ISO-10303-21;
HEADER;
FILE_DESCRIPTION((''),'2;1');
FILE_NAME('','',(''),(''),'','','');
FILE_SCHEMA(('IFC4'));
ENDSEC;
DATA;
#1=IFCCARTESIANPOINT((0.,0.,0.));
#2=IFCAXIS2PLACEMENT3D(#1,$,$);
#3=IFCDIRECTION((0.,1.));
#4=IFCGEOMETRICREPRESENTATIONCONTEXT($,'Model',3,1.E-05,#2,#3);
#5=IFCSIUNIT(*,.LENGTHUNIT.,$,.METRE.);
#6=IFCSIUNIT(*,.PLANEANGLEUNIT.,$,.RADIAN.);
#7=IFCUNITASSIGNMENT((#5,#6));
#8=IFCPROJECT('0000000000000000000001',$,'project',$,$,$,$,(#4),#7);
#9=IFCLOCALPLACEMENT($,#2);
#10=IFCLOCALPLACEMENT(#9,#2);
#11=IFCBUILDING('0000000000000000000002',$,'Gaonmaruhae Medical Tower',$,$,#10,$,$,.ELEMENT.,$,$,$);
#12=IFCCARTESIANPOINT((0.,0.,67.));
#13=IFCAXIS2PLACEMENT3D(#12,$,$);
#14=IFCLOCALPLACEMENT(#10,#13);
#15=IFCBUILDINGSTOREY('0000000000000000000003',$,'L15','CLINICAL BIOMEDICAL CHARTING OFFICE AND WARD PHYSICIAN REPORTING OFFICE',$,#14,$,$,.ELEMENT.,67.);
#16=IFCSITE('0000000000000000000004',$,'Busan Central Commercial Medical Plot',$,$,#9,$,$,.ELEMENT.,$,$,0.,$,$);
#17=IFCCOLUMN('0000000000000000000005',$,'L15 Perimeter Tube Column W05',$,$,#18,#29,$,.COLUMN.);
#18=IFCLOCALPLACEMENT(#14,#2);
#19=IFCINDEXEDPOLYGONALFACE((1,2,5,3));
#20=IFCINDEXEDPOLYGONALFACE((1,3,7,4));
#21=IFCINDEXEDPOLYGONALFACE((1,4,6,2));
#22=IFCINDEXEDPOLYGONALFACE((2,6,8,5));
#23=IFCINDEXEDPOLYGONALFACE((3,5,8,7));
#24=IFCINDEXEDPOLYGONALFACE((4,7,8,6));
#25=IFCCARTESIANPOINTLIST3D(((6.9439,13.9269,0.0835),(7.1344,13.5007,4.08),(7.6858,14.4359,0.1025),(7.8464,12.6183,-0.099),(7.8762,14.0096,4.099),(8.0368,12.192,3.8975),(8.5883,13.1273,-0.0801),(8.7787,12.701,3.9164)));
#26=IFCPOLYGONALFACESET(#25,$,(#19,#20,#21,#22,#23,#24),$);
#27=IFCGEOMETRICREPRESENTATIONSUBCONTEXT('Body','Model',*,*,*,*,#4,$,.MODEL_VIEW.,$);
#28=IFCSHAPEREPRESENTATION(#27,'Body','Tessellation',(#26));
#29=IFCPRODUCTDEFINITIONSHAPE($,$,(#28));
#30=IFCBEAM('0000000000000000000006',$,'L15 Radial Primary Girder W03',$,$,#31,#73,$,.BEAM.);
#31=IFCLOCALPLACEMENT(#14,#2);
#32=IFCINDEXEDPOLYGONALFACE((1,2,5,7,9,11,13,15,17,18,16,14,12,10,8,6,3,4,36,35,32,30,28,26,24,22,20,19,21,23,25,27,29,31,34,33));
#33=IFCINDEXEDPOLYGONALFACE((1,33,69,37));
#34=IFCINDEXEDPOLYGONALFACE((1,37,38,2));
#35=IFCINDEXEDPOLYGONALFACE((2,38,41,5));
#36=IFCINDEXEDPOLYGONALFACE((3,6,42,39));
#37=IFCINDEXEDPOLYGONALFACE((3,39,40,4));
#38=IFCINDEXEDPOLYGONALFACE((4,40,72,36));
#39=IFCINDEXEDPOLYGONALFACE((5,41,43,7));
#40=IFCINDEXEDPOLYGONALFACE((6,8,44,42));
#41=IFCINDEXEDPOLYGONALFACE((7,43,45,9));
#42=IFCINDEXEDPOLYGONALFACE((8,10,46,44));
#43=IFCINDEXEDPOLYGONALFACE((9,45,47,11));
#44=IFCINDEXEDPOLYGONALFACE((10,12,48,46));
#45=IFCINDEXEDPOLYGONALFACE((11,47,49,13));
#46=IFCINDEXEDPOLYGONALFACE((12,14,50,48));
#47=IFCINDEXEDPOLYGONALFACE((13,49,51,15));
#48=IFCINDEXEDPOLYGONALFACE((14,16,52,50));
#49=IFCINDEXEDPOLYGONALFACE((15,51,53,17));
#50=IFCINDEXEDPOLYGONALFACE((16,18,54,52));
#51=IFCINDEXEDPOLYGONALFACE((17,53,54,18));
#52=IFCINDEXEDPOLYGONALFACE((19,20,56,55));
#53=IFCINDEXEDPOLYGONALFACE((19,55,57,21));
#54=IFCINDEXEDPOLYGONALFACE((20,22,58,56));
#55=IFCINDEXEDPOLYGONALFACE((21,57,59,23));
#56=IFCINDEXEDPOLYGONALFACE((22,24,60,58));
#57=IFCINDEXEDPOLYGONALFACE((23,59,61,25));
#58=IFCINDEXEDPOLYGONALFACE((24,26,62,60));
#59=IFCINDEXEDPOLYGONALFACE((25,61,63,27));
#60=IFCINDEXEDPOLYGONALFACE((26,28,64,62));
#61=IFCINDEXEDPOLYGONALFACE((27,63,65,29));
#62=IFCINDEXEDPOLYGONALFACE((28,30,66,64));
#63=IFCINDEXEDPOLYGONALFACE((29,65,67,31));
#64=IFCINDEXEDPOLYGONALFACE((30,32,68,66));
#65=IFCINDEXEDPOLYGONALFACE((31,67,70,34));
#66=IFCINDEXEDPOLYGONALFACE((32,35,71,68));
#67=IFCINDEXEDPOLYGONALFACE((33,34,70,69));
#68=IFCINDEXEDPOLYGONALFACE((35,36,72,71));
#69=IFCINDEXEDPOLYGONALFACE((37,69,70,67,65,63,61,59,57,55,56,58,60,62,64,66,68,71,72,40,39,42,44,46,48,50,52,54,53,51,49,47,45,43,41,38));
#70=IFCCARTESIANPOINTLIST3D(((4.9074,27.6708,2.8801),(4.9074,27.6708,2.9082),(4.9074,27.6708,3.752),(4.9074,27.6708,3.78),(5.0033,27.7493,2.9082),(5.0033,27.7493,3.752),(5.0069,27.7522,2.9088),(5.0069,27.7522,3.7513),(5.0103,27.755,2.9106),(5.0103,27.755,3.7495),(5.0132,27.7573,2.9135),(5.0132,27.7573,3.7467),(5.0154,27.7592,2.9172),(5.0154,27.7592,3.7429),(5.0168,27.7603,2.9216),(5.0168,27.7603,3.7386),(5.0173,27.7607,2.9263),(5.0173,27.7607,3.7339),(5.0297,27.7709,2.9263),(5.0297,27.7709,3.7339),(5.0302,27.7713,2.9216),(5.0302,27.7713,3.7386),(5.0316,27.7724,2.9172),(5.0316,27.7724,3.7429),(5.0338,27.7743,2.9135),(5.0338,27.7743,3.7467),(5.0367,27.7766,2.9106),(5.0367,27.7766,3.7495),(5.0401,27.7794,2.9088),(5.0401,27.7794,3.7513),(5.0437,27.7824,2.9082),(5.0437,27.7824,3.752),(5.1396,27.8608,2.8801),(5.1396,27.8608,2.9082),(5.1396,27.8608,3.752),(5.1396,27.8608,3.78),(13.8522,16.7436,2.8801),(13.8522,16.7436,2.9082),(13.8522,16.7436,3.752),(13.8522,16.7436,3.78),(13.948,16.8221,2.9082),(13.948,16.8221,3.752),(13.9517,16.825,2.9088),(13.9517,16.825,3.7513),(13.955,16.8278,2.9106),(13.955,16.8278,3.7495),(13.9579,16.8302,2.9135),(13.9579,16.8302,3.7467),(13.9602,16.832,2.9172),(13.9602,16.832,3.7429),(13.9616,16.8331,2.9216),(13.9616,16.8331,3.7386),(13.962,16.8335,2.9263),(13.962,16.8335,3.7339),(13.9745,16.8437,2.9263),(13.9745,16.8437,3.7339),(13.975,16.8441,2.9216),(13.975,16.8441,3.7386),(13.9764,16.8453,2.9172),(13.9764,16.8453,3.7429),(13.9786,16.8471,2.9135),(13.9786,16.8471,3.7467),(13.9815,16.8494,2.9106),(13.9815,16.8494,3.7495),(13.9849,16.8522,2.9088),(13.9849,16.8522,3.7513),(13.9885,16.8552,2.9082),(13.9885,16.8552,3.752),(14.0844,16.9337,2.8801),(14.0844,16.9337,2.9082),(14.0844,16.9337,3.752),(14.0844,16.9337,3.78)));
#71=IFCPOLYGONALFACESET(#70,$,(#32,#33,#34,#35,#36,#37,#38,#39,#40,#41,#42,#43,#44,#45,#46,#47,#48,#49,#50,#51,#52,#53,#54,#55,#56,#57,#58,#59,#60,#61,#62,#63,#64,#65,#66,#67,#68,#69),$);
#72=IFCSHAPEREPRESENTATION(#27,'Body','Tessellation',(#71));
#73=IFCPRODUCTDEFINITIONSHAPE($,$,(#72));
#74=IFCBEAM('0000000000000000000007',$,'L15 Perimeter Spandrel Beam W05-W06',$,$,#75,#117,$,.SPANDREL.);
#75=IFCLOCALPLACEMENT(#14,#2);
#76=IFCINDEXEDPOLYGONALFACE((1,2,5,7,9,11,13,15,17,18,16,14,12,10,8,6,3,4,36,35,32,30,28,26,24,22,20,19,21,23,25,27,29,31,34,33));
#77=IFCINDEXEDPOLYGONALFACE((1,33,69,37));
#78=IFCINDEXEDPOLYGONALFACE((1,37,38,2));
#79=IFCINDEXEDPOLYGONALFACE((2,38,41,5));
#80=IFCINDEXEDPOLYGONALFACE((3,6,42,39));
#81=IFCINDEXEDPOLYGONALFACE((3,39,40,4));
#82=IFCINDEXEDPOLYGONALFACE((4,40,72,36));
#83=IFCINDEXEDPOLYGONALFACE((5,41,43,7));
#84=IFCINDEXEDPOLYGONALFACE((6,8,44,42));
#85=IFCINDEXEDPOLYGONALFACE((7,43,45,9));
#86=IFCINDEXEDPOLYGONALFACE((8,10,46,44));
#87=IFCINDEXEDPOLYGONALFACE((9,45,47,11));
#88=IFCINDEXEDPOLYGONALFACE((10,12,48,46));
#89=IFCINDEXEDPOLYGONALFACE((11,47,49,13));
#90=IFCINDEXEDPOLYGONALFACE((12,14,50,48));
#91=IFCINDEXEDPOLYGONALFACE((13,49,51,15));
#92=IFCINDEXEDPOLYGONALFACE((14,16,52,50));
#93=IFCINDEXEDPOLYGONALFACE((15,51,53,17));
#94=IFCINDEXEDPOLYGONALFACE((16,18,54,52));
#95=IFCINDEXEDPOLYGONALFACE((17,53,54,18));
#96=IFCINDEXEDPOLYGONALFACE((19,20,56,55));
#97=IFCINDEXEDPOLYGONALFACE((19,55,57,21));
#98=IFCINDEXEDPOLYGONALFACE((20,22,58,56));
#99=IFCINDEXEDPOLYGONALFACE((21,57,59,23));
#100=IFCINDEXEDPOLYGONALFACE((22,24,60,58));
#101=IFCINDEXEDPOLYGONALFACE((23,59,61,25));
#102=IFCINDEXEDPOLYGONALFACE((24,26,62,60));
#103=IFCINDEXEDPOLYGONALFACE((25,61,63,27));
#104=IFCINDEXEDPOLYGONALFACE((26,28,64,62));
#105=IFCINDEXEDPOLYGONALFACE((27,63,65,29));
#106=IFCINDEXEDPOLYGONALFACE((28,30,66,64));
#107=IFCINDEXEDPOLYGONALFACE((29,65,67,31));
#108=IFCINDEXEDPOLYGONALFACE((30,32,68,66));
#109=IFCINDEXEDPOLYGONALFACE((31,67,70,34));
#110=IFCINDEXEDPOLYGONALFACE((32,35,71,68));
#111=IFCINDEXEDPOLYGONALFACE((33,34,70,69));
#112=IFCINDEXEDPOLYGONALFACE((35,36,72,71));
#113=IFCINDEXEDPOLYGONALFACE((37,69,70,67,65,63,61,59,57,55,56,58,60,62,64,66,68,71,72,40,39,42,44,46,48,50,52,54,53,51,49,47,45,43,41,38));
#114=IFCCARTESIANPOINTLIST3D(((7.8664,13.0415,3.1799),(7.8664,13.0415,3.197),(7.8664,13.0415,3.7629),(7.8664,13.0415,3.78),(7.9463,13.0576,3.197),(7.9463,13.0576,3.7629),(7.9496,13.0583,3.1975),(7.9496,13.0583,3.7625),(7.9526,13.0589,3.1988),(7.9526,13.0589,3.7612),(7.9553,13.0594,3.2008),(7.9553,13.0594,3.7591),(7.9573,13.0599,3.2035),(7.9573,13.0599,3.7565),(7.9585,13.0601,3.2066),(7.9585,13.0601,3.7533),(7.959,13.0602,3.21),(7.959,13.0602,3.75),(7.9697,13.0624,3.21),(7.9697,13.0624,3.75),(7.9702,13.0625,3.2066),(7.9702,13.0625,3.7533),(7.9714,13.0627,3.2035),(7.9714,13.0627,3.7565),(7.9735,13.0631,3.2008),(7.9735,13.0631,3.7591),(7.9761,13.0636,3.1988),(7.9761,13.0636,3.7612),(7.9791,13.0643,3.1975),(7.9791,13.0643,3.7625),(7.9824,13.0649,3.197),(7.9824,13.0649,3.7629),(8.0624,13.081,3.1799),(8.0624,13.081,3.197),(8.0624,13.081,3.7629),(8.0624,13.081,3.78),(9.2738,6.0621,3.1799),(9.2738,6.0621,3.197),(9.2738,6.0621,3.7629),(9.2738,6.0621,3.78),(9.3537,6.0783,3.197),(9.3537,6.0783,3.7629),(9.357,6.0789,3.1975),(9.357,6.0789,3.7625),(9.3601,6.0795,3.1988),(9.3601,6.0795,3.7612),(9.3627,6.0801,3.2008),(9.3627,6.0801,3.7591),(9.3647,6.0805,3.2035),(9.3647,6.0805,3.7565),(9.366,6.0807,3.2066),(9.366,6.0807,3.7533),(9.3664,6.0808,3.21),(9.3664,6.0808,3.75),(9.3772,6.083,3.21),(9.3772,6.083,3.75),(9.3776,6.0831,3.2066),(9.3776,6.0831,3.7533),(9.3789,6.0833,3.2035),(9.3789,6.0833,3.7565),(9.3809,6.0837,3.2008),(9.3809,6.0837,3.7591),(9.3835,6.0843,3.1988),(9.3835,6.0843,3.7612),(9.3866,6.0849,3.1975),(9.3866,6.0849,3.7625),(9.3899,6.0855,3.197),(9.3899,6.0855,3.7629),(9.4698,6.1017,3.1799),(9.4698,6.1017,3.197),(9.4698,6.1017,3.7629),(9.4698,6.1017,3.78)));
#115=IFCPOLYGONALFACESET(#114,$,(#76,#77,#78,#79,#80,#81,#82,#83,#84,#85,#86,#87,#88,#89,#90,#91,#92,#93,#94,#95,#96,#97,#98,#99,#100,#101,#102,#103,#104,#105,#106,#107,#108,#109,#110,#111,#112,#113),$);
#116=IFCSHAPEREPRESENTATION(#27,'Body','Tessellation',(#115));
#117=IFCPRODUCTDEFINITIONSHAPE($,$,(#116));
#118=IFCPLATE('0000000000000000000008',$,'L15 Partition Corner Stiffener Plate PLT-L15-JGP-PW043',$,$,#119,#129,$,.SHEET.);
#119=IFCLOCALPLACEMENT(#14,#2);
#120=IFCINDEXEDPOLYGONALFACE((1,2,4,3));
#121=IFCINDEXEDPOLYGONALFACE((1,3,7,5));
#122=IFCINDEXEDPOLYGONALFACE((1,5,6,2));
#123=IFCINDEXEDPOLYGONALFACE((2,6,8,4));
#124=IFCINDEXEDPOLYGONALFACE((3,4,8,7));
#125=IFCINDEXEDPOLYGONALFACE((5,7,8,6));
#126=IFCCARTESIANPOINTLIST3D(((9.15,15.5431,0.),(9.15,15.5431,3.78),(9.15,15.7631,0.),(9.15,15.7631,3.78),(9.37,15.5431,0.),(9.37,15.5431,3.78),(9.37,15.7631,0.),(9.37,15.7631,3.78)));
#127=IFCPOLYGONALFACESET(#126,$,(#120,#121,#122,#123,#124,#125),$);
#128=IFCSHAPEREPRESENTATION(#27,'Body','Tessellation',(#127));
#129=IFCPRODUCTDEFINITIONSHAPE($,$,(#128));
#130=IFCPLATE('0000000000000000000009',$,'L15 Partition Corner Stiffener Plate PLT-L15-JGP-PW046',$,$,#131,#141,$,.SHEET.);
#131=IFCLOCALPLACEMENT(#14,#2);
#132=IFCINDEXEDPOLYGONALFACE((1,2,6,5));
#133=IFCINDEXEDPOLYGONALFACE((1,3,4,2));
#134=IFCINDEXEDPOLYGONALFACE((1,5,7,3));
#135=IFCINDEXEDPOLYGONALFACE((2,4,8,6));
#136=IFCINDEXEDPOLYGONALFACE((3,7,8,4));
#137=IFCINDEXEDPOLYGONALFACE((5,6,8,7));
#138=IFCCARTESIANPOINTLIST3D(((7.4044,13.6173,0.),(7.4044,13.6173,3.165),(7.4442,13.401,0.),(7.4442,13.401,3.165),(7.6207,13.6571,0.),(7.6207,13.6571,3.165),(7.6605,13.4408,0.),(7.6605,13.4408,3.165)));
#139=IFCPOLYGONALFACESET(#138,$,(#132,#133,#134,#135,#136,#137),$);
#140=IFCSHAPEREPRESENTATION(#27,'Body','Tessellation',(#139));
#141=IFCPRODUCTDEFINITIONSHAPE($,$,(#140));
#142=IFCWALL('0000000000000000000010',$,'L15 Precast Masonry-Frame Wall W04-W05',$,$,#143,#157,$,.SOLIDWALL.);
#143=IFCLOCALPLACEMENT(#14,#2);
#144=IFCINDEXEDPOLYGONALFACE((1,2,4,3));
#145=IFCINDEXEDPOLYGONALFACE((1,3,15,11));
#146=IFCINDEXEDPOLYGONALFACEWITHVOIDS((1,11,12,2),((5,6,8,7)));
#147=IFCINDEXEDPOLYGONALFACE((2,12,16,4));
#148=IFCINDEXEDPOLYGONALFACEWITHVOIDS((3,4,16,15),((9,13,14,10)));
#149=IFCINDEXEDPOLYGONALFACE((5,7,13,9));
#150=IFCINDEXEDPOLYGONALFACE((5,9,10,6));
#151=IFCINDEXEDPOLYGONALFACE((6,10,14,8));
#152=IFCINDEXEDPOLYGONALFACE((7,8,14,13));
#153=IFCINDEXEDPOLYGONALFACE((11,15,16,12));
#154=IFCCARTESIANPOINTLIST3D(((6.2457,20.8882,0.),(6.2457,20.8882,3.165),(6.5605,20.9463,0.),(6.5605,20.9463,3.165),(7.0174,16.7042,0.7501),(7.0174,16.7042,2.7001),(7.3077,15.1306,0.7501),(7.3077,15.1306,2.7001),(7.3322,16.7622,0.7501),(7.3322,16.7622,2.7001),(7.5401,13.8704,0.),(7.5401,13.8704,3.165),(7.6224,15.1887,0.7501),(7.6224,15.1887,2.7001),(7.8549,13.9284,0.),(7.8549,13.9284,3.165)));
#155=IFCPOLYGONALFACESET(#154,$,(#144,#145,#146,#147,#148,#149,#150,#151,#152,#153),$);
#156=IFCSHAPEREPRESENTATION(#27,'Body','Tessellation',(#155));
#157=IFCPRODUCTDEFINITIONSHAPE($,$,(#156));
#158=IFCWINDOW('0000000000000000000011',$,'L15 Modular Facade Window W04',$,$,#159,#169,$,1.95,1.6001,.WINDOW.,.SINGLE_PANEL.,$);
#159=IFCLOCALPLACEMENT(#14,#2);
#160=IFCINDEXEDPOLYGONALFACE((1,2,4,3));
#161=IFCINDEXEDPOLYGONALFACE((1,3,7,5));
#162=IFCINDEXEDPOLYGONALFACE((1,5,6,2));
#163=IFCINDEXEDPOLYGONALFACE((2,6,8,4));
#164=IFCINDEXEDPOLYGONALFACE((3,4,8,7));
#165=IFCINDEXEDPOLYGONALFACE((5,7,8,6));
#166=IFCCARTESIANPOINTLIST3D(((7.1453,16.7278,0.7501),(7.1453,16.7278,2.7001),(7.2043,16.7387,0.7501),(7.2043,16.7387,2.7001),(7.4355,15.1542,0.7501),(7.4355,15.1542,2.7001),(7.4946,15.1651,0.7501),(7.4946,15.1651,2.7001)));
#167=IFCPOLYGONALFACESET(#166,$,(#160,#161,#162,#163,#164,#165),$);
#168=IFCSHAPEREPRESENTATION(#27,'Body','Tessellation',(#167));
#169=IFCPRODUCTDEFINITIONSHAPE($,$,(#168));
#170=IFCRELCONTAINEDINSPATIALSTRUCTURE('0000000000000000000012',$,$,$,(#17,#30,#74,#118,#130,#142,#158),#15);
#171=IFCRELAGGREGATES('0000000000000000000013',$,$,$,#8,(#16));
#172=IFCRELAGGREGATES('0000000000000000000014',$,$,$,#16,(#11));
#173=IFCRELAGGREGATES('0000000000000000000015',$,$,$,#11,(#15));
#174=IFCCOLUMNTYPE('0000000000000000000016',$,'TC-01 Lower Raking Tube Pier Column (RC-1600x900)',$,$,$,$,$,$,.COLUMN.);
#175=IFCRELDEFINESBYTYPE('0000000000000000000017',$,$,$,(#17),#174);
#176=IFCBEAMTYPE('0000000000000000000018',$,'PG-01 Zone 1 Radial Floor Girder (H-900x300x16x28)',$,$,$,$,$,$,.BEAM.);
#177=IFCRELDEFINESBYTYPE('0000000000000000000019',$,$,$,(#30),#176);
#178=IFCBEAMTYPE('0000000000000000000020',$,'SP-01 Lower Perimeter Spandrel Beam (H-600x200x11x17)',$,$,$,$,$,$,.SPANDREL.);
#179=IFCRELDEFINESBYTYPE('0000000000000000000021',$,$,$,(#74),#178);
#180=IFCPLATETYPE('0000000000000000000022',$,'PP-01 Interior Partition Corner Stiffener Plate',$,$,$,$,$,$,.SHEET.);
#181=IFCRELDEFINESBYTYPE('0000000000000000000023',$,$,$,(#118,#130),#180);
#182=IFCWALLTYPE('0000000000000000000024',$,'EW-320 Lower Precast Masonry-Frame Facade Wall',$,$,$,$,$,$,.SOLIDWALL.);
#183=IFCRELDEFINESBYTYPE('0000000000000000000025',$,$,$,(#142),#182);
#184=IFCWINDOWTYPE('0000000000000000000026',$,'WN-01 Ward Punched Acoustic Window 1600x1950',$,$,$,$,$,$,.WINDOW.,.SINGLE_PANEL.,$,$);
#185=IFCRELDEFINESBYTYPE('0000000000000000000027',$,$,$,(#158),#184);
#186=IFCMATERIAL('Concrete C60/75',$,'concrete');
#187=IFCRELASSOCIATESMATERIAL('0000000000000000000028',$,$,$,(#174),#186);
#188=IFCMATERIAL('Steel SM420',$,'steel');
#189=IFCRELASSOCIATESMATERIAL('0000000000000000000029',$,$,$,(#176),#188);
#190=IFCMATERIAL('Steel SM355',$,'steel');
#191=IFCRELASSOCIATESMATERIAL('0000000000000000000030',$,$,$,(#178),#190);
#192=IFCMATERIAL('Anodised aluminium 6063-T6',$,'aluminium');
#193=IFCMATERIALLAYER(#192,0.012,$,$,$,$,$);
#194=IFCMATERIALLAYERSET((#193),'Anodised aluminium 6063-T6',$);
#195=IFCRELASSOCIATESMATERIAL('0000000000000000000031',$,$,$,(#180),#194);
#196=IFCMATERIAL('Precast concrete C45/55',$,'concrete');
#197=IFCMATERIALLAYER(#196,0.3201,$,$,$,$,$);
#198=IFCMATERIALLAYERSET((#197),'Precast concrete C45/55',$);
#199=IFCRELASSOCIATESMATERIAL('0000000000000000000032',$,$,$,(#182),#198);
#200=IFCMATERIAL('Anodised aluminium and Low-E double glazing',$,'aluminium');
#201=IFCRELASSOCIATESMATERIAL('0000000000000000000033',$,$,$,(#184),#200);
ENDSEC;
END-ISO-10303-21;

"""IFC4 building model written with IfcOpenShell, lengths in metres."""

from ifc_helpers import new_model, si_unit, direction, frame, frame_2d, origin, origin_2d, place, context, subcontext, project, spatial, rectangle, i_section, extrude, material, layer, layer_set, material_profile, profile_set, type_object, element, fill, save


model = new_model("IFC4")

# Units and contexts
model_context = context("Model", 3, precision=1e-05, world=origin(), true_north=direction((0.0, 1.0)))
body_context = subcontext(model_context, "Body", "Model", "MODEL_VIEW")
ifc_project = project(units=[si_unit("LENGTHUNIT", "METRE"), si_unit("PLANEANGLEUNIT", "RADIAN")], contexts=[model_context])

# Site, building, storey
site_placement = place(None, origin())
site = spatial("IfcSite", under=ifc_project, at=site_placement, Name="Busan Central Commercial Medical Plot", CompositionType="ELEMENT", RefElevation=0.0)
building_placement = place(site_placement, origin())
building = spatial("IfcBuilding", under=site, at=building_placement, Name="Gaonmaruhae Medical Tower", CompositionType="ELEMENT")
storey_placement = place(building_placement, frame((0.0, 0.0, 67.0)))
storey = spatial("IfcBuildingStorey", under=building, at=storey_placement, Name="L15", Description="CLINICAL BIOMEDICAL CHARTING OFFICE AND WARD PHYSICIAN REPORTING OFFICE", CompositionType="ELEMENT", Elevation=67.0)

# Column
ifc_material_1 = material(Name="Concrete C60/75", Category="concrete")
ifc_material_profile_1 = material_profile(ifc_material_1, rectangle(XDim=1.6001, YDim=0.8999, at=origin_2d()), Name="RC-1600x900")
ifc_profile_set_1 = profile_set([ifc_material_profile_1], Name="Concrete C60/75")
column_type = type_object("IfcColumnType", Name="TC-01 Lower Raking Tube Pier Column (RC-1600x900)", PredefinedType="COLUMN", material=ifc_profile_set_1)
column_placement = place(storey_placement, frame((7.7661, 13.5271, 0.0017), z_axis=(0.047326, -0.105938, 0.993246), x_axis=(-0.564014, 0.817844, 0.114104)))
element("IfcColumn", 1, at=column_placement, inside=storey, type_object=column_type, Name="L15 Perimeter Tube Column W05", PredefinedType="COLUMN", context=body_context, shape_type="SweptSolid", body=[
    extrude(rectangle(XDim=1.6001, YDim=0.8999, at=origin_2d()), origin(), (0.0, 0.0, 1.0), 4.0237),
])

# Beams
ifc_material_2 = material(Name="Steel SM420", Category="steel")
ifc_material_profile_2 = material_profile(ifc_material_2, i_section(OverallWidth=0.3, OverallDepth=0.8999, WebThickness=0.0161, FlangeThickness=0.0281, FilletRadius=0.0181, at=origin_2d()), Name="H-900x300x16x28")
ifc_profile_set_2 = profile_set([ifc_material_profile_2], Name="Steel SM420")
beam_type_1 = type_object("IfcBeamType", Name="PG-01 Zone 1 Radial Floor Girder (H-900x300x16x28)", PredefinedType="BEAM", material=ifc_profile_set_2)
beam_1_placement = place(storey_placement, frame((13.9683, 16.8386, 3.3301), z_axis=(-0.633422, 0.773806, 0.0), x_axis=(-0.773806, -0.633422, 0.0)))
element("IfcBeam", 2, at=beam_1_placement, inside=storey, type_object=beam_type_1, Name="L15 Radial Primary Girder W03", PredefinedType="BEAM", context=body_context, shape_type="SweptSolid", body=[
    extrude(i_section(OverallWidth=0.3, OverallDepth=0.8999, WebThickness=0.0161, FlangeThickness=0.0281, FilletRadius=0.0181, at=origin_2d()), origin(), (0.0, 0.0, 1.0), 14.1213),
])
ifc_material_3 = material(Name="Steel SM355", Category="steel")
ifc_material_profile_3 = material_profile(ifc_material_3, i_section(OverallWidth=0.2, OverallDepth=0.6001, WebThickness=0.011, FlangeThickness=0.0171, FilletRadius=0.0129, at=origin_2d()), Name="H-600x200x11x17")
ifc_profile_set_3 = profile_set([ifc_material_profile_3], Name="Steel SM355")
beam_type_2 = type_object("IfcBeamType", Name="SP-01 Lower Perimeter Spandrel Beam (H-600x200x11x17)", PredefinedType="SPANDREL", material=ifc_profile_set_3)
beam_2_placement = place(storey_placement, frame((7.9644, 13.0613, 3.48), z_axis=(0.197679, -0.980267, 0.0), x_axis=(0.980267, 0.197679, 0.0)))
element("IfcBeam", 3, at=beam_2_placement, inside=storey, type_object=beam_type_2, Name="L15 Perimeter Spandrel Beam W05-W06", PredefinedType="SPANDREL", context=body_context, shape_type="SweptSolid", body=[
    extrude(i_section(OverallWidth=0.2, OverallDepth=0.6001, WebThickness=0.011, FlangeThickness=0.0171, FilletRadius=0.0129, at=origin_2d()), origin(), (0.0, 0.0, 1.0), 7.1199),
])

# Plates
ifc_material_4 = material(Name="Anodised aluminium 6063-T6", Category="aluminium")
ifc_layer_1 = layer(ifc_material_4, 0.012)
ifc_layer_set_1 = layer_set([ifc_layer_1], Name="Anodised aluminium 6063-T6")
plate_type = type_object("IfcPlateType", Name="PP-01 Interior Partition Corner Stiffener Plate", PredefinedType="SHEET", material=ifc_layer_set_1)
plate_1_placement = place(storey_placement, frame((9.26, 15.6531, 0.0), z_axis=(0.0, 0.0, 1.0), x_axis=(0.0, -1.0, 0.0)))
element("IfcPlate", 4, at=plate_1_placement, inside=storey, type_object=plate_type, Name="L15 Partition Corner Stiffener Plate PLT-L15-JGP-PW043", PredefinedType="SHEET", context=body_context, shape_type="SweptSolid", body=[
    extrude(rectangle(XDim=0.22, YDim=0.22, at=origin_2d()), origin(), (0.0, 0.0, 1.0), 3.78),
])
plate_2_placement = place(storey_placement, frame((7.5325, 13.5291, 0.0), z_axis=(0.0, 0.0, 1.0), x_axis=(-0.180862, 0.983508, 0.0)))
element("IfcPlate", 5, at=plate_2_placement, inside=storey, type_object=plate_type, Name="L15 Partition Corner Stiffener Plate PLT-L15-JGP-PW046", PredefinedType="SHEET", context=body_context, shape_type="SweptSolid", body=[
    extrude(rectangle(XDim=0.22, YDim=0.22, at=origin_2d()), origin(), (0.0, 0.0, 1.0), 3.165),
])

# Wall, opening, window
ifc_material_5 = material(Name="Precast concrete C45/55", Category="concrete")
ifc_layer_2 = layer(ifc_material_5, 0.3201)
ifc_layer_set_2 = layer_set([ifc_layer_2], Name="Precast concrete C45/55")
wall_type_1 = type_object("IfcWallType", Name="EW-320 Lower Precast Masonry-Frame Facade Wall", PredefinedType="SOLIDWALL", material=ifc_layer_set_2)
wall_1_placement = place(storey_placement, frame((7.6975, 13.8994, 0.0), z_axis=(0.0, 0.0, 1.0), x_axis=(-0.18139, 0.983411, 0.0)))
wall_1 = element("IfcWall", 6, at=wall_1_placement, inside=storey, type_object=wall_type_1, Name="L15 Precast Masonry-Frame Wall W04-W05", PredefinedType="SOLIDWALL", context=body_context, shape_type="SweptSolid", body=[
    extrude(rectangle(XDim=7.1362, YDim=0.3201, at=frame_2d((3.5681, 0.0))), origin(), (0.0, 0.0, 1.0), 3.165),
])
opening_1_placement = place(wall_1_placement, frame((1.2815, 0.0, 0.75)))
opening_1 = element("IfcOpeningElement", 7, at=opening_1_placement, cuts=wall_1, PredefinedType="OPENING", context=body_context, shape_type="SweptSolid", body=[
    extrude(rectangle(XDim=1.6001, YDim=1.95, at=frame_2d((0.8, 0.9751))), frame((0.0, 0.1699, 0.0), z_axis=(0.0, -1.0, 0.0), x_axis=(1.0, 0.0, 0.0)), (0.0, 0.0, 1.0), 0.3401),
])
ifc_material_6 = material(Name="Anodised aluminium and Low-E double glazing", Category="aluminium")
window_type = type_object("IfcWindowType", Name="WN-01 Ward Punched Acoustic Window 1600x1950", PartitioningType="SINGLE_PANEL", PredefinedType="WINDOW", material=ifc_material_6)
window_placement = place(opening_1_placement, origin())
window = element("IfcWindow", 8, at=window_placement, inside=storey, type_object=window_type, Name="L15 Modular Facade Window W04", OverallHeight=1.95, OverallWidth=1.6001, PartitioningType="SINGLE_PANEL", PredefinedType="WINDOW", context=body_context, shape_type="SweptSolid", body=[
    extrude(rectangle(XDim=1.6001, YDim=1.95, at=frame_2d((0.8, 0.9751))), frame((0.0, 0.03, 0.0), z_axis=(0.0, -1.0, 0.0), x_axis=(1.0, 0.0, 0.0)), (0.0, 0.0, 1.0), 0.0601),
])
fill(opening_1, window)

save(model, "model.ifc")
